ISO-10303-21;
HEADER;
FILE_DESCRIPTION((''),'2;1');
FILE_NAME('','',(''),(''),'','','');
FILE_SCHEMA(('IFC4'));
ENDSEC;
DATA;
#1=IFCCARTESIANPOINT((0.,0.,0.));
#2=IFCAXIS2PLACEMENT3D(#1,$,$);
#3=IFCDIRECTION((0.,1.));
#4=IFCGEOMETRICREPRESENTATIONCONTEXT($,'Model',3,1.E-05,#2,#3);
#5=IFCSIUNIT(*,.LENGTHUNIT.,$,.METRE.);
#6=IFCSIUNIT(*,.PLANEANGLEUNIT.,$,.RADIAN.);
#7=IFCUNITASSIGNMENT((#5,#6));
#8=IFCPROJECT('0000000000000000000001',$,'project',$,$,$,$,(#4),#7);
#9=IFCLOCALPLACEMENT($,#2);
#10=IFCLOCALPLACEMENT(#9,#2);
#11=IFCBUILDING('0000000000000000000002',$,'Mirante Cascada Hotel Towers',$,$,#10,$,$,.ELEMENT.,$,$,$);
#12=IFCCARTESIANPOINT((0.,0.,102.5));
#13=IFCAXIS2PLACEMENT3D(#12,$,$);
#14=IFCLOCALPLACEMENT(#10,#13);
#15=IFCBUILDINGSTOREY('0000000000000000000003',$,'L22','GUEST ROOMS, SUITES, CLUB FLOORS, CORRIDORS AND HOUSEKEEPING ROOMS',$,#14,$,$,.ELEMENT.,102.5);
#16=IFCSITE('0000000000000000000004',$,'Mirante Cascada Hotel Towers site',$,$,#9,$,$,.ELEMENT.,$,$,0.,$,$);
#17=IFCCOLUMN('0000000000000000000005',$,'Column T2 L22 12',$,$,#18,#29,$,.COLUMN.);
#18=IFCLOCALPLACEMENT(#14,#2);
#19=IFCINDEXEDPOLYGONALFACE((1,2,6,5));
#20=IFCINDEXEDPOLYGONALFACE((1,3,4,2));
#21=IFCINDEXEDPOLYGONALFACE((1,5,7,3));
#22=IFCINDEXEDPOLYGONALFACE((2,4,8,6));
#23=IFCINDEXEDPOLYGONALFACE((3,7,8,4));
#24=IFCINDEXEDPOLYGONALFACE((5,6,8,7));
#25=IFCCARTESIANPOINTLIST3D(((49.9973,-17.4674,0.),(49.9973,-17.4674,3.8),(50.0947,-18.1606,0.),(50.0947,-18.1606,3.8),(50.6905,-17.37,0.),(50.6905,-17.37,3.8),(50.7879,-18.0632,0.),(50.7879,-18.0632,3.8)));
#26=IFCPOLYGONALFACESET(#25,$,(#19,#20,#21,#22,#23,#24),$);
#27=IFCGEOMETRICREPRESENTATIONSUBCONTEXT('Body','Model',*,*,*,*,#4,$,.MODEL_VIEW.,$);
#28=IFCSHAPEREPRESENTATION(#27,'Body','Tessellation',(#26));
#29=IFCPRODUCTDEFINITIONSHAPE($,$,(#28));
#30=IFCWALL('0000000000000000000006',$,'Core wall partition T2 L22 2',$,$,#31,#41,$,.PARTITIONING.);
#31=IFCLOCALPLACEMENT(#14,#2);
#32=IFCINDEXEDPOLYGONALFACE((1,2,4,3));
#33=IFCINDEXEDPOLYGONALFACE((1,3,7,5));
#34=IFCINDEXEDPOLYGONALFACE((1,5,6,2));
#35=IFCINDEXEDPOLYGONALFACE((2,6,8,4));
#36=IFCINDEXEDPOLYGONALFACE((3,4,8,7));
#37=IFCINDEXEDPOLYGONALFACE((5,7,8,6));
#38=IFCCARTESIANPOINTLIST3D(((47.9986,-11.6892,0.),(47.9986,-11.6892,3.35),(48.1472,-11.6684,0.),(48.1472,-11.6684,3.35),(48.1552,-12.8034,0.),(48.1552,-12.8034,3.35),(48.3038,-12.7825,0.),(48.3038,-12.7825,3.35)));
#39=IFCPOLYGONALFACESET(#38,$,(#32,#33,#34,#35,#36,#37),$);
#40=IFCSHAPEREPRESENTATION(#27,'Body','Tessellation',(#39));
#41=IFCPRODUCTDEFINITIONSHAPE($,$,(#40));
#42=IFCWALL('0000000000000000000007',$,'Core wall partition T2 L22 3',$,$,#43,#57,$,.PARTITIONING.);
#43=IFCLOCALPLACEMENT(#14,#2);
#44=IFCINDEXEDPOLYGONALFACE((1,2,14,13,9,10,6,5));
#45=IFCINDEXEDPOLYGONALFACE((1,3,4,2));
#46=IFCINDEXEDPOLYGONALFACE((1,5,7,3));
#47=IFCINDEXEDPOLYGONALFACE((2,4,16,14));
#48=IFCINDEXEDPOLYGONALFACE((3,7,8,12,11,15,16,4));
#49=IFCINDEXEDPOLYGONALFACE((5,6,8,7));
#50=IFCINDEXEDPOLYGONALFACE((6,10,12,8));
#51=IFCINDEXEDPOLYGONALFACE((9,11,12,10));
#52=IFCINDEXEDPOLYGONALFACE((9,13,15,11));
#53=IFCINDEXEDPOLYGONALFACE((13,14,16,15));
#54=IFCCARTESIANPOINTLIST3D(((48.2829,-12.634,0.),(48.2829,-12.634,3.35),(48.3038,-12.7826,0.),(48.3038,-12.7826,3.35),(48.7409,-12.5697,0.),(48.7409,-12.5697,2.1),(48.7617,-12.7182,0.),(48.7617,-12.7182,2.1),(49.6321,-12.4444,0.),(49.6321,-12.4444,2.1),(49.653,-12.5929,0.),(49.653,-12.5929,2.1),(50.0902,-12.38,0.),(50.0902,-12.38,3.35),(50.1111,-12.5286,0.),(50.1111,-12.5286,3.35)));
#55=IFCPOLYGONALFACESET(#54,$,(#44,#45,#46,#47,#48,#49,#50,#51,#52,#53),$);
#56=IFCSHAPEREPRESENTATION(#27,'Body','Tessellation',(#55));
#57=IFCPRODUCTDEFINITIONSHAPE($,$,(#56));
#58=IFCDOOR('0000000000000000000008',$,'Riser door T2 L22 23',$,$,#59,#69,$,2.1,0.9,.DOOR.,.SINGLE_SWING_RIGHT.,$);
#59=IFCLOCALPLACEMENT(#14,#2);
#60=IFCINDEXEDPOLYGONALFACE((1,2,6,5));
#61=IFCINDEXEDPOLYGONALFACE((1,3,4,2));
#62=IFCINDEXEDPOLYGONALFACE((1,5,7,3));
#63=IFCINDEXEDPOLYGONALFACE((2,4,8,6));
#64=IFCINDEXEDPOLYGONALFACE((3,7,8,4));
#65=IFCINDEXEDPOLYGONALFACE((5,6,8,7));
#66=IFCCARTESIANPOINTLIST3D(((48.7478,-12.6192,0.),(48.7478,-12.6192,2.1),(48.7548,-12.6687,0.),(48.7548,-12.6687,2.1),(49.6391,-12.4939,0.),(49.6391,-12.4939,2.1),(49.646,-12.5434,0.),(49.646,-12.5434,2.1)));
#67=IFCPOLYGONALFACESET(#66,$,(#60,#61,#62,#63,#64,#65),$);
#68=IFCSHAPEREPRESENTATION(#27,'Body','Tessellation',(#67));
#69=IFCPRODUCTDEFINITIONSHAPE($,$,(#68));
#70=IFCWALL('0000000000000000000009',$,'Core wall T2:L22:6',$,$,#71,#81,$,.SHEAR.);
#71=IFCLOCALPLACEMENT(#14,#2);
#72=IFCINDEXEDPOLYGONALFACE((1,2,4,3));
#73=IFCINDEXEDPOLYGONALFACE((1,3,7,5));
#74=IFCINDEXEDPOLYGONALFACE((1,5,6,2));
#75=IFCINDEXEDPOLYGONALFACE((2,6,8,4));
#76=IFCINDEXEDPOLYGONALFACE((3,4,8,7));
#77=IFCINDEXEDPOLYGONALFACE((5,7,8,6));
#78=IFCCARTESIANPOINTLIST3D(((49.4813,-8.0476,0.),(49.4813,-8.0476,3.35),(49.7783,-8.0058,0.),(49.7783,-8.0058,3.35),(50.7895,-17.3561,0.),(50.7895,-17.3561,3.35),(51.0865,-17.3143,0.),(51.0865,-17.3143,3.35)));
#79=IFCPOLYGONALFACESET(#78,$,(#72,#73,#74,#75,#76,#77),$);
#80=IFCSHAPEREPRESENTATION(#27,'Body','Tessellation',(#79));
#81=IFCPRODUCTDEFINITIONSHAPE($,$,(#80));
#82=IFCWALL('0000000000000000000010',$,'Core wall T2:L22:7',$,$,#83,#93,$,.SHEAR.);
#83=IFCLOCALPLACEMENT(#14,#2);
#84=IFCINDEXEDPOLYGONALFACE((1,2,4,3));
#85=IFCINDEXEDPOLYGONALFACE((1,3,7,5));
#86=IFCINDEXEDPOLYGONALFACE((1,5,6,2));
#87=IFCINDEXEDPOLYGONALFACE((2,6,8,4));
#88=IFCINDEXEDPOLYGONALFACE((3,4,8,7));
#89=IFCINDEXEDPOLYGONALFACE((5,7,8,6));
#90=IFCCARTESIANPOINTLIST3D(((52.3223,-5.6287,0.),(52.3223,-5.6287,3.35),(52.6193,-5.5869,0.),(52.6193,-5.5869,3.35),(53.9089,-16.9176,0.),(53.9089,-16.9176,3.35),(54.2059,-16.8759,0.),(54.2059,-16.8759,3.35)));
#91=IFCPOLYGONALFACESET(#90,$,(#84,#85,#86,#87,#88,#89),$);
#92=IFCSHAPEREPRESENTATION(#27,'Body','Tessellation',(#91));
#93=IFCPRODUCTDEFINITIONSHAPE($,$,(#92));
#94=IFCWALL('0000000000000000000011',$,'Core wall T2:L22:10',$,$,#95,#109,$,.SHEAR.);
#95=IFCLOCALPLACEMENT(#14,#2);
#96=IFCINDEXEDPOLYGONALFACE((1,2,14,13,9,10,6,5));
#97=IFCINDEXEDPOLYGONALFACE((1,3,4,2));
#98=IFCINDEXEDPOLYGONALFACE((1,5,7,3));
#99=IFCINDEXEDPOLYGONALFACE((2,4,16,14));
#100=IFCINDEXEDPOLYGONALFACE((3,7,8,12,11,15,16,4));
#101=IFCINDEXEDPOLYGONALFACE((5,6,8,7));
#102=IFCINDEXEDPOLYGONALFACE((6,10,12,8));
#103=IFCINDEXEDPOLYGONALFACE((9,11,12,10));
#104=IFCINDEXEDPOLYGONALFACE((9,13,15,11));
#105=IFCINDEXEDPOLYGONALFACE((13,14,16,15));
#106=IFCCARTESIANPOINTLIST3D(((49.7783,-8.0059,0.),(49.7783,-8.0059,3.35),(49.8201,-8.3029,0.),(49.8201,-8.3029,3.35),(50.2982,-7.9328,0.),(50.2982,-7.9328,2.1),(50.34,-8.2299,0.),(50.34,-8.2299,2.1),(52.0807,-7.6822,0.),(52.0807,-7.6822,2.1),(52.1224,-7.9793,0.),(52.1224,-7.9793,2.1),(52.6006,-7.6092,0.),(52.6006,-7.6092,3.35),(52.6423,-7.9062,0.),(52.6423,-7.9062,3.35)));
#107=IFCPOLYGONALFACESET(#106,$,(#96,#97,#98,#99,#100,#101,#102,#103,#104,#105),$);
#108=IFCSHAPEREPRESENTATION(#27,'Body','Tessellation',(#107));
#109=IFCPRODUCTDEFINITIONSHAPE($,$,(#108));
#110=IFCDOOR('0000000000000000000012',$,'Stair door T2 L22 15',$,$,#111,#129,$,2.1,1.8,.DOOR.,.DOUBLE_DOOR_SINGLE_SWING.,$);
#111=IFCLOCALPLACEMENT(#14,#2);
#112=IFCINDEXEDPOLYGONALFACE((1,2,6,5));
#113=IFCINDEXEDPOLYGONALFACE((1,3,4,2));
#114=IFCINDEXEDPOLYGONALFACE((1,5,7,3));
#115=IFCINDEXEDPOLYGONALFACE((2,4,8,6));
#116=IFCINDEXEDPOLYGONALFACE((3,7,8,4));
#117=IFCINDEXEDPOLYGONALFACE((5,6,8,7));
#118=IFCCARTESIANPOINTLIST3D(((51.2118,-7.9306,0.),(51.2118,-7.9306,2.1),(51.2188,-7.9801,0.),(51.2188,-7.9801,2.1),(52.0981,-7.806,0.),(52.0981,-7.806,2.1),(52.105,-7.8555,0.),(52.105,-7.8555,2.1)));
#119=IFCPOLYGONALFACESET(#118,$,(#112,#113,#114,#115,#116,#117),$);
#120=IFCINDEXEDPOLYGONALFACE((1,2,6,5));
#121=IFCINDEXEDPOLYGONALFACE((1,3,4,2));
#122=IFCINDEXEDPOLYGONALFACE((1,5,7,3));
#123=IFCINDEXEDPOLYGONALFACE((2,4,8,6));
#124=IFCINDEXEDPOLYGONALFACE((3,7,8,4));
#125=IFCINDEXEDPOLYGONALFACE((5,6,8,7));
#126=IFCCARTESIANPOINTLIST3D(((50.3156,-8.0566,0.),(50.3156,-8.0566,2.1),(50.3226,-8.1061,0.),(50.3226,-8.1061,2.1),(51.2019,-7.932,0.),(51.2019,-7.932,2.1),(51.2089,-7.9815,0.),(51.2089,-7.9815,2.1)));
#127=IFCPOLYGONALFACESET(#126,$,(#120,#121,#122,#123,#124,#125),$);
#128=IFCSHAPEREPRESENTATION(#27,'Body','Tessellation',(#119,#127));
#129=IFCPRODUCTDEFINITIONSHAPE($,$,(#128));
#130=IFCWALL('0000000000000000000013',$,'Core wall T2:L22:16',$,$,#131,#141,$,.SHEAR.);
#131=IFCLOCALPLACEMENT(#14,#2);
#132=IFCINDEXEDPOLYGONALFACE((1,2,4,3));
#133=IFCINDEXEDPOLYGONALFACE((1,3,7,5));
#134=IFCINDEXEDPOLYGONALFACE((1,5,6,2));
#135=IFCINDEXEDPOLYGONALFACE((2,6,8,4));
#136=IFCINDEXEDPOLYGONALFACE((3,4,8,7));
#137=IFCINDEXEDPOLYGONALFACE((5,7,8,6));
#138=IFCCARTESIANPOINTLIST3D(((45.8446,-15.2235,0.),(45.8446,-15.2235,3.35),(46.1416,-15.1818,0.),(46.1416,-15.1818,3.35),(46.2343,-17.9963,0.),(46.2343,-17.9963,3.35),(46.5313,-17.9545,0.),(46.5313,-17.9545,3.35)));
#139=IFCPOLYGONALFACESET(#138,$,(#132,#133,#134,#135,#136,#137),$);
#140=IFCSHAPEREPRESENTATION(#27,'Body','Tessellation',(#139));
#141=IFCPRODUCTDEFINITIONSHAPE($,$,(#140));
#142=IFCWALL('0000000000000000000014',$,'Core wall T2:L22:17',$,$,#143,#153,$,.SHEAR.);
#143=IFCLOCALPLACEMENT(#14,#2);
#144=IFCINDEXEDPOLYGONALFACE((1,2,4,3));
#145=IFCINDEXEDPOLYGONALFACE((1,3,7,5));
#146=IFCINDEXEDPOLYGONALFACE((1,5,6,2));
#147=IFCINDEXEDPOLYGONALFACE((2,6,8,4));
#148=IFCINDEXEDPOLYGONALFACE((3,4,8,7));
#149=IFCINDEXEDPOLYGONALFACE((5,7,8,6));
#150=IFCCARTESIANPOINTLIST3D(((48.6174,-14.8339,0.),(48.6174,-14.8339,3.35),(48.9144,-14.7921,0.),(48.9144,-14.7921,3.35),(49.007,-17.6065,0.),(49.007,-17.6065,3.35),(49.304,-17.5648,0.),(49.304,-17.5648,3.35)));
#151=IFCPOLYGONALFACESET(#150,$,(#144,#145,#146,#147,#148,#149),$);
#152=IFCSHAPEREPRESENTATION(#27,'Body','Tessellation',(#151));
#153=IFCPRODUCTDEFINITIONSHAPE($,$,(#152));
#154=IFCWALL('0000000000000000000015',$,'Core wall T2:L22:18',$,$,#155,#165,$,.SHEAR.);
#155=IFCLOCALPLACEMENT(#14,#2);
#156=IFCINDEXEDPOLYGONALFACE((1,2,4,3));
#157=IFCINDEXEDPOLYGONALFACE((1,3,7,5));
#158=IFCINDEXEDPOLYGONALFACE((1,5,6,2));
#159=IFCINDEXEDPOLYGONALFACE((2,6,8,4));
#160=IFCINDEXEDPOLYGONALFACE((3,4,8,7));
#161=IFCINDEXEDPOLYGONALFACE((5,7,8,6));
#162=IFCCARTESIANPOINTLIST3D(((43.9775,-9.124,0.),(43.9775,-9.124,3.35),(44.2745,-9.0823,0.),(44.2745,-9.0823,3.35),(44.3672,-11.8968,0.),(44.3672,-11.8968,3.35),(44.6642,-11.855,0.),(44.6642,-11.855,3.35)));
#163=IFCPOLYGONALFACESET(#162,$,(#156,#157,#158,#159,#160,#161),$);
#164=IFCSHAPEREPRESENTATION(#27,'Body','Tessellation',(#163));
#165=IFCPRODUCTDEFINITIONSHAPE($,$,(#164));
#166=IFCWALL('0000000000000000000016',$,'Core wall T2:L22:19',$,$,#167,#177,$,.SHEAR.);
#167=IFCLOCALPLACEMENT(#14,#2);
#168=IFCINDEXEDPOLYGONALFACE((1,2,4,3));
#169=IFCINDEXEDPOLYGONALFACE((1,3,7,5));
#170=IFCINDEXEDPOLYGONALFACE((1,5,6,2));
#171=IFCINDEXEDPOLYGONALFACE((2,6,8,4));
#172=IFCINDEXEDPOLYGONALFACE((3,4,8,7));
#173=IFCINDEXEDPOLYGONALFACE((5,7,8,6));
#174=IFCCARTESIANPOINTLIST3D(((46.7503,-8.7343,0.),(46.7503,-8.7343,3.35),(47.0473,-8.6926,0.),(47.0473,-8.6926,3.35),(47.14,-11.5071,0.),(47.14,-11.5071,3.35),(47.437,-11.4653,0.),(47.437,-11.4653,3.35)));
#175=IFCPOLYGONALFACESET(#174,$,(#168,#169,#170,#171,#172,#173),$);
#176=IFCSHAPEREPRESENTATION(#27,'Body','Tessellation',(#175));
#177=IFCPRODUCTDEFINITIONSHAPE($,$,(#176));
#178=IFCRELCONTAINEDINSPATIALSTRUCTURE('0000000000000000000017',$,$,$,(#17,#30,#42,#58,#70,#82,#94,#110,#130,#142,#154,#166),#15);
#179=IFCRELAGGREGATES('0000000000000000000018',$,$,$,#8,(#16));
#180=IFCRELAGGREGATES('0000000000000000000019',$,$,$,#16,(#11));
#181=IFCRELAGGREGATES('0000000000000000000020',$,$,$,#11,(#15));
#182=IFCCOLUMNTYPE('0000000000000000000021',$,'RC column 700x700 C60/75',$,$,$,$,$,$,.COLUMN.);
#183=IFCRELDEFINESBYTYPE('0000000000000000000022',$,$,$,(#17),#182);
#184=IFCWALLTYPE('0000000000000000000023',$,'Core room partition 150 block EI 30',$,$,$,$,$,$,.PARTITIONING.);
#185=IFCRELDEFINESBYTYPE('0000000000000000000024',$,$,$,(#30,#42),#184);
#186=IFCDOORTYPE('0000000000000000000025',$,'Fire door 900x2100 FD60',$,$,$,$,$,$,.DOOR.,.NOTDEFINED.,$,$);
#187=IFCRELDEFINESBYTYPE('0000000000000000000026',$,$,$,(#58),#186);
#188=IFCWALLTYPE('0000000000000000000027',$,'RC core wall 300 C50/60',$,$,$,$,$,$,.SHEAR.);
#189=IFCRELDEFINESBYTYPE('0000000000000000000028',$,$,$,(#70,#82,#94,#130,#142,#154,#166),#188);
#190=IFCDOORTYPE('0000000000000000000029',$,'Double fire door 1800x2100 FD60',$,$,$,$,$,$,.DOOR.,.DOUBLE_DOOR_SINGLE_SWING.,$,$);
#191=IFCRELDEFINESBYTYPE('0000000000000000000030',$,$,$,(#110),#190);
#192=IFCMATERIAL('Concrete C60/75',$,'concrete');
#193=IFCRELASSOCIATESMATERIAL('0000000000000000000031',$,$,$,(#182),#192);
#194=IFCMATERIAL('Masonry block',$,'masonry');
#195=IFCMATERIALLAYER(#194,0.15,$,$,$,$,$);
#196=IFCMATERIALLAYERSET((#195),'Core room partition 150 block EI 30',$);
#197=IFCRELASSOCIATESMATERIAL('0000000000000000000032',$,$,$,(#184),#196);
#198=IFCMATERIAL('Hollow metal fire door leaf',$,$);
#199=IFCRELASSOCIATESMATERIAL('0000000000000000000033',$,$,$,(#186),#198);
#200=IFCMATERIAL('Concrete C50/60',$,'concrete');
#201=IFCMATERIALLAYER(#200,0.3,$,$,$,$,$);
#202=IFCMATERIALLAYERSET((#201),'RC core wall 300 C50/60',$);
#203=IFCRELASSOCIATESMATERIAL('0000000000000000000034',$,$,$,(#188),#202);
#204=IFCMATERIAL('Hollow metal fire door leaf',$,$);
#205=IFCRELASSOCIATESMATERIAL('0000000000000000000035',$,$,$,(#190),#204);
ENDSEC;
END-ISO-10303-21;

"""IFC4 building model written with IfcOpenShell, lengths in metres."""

from ifc_helpers import new_model, si_unit, direction, frame, frame_2d, origin, origin_2d, place, context, subcontext, project, spatial, rectangle, extrude, material, layer, layer_set, material_profile, profile_set, type_object, element, fill, save


model = new_model("IFC4")

# Units and contexts
model_context = context("Model", 3, precision=1e-05, world=origin(), true_north=direction((0.0, 1.0)))
body_context = subcontext(model_context, "Body", "Model", "MODEL_VIEW")
ifc_project = project(units=[si_unit("LENGTHUNIT", "METRE"), si_unit("PLANEANGLEUNIT", "RADIAN")], contexts=[model_context])

# Site, building, storey
site_placement = place(None, origin())
site = spatial("IfcSite", under=ifc_project, at=site_placement, Name="Mirante Cascada Hotel Towers site", CompositionType="ELEMENT", RefElevation=0.0)
building_placement = place(site_placement, origin())
building = spatial("IfcBuilding", under=site, at=building_placement, Name="Mirante Cascada Hotel Towers", CompositionType="ELEMENT")
storey_placement = place(building_placement, frame((0.0, 0.0, 102.5)))
storey = spatial("IfcBuildingStorey", under=building, at=storey_placement, Name="L22", Description="GUEST ROOMS, SUITES, CLUB FLOORS, CORRIDORS AND HOUSEKEEPING ROOMS", CompositionType="ELEMENT", Elevation=102.5)

# Column
ifc_material_1 = material(Name="Concrete C60/75", Category="concrete")
ifc_material_profile = material_profile(ifc_material_1, rectangle(XDim=0.7, YDim=0.7, at=origin_2d()), Name="RC column 700x700 C60/75")
ifc_profile_set = profile_set([ifc_material_profile], Name="Concrete C60/75")
column_type = type_object("IfcColumnType", Name="RC column 700x700 C60/75", PredefinedType="COLUMN", material=ifc_profile_set)
column_placement = place(storey_placement, frame((50.3926, -17.7653, 0.0), z_axis=(0.0, 0.0, 1.0), x_axis=(0.990268, 0.139173, 0.0)))
element("IfcColumn", 1, at=column_placement, inside=storey, type_object=column_type, Name="Column T2 L22 12", PredefinedType="COLUMN", context=body_context, shape_type="SweptSolid", body=[
    extrude(rectangle(XDim=0.7, YDim=0.7, at=origin_2d()), origin(), (0.0, 0.0, 1.0), 3.8),
])

# Wall
ifc_material_2 = material(Name="Masonry block", Category="masonry")
ifc_layer_1 = layer(ifc_material_2, 0.15)
ifc_layer_set_1 = layer_set([ifc_layer_1], Name="Core room partition 150 block EI 30")
wall_type_1 = type_object("IfcWallType", Name="Core room partition 150 block EI 30", PredefinedType="PARTITIONING", material=ifc_layer_set_1)
wall_1_placement = place(storey_placement, frame((48.2295, -12.793, 0.0), z_axis=(0.0, 0.0, 1.0), x_axis=(-0.139193, 0.990265, 0.0)))
element("IfcWall", 2, at=wall_1_placement, inside=storey, type_object=wall_type_1, Name="Core wall partition T2 L22 2", PredefinedType="PARTITIONING", context=body_context, shape_type="SweptSolid", body=[
    extrude(rectangle(XDim=1.1251, YDim=0.15, at=frame_2d((0.5626, 0.0))), origin(), (0.0, 0.0, 1.0), 3.35),
])

# Wall, opening, door
wall_2_placement = place(storey_placement, frame((48.2933, -12.7083, 0.0), z_axis=(0.0, 0.0, 1.0), x_axis=(0.990268, 0.139173, 0.0)))
wall_2 = element("IfcWall", 3, at=wall_2_placement, inside=storey, type_object=wall_type_1, Name="Core wall partition T2 L22 3", PredefinedType="PARTITIONING", context=body_context, shape_type="SweptSolid", body=[
    extrude(rectangle(XDim=1.8251, YDim=0.15, at=frame_2d((0.9126, 0.0))), origin(), (0.0, 0.0, 1.0), 3.35),
])
opening_1_placement = place(wall_2_placement, frame((0.4625, 0.0, 0.0)))
opening_1 = element("IfcOpeningElement", 4, at=opening_1_placement, cuts=wall_2, PredefinedType="OPENING", context=body_context, shape_type="SweptSolid", body=[
    extrude(rectangle(XDim=0.9, YDim=2.1, at=frame_2d((0.45, 1.05))), frame((0.0, 0.075, 0.0), z_axis=(0.0, -1.0, 0.0), x_axis=(1.0, 0.0, 0.0)), (0.0, 0.0, 1.0), 0.15),
])
ifc_material_3 = material(Name="Hollow metal fire door leaf")
door_type_1 = type_object("IfcDoorType", Name="Fire door 900x2100 FD60", OperationType="NOTDEFINED", PredefinedType="DOOR", material=ifc_material_3)
door_1_placement = place(opening_1_placement, frame((0.9, 0.0, 0.0), z_axis=(0.0, 0.0, 1.0), x_axis=(-1.0, 0.0, 0.0)))
door_1 = element("IfcDoor", 5, at=door_1_placement, inside=storey, type_object=door_type_1, Name="Riser door T2 L22 23", OperationType="SINGLE_SWING_RIGHT", OverallHeight=2.1, OverallWidth=0.9, PredefinedType="DOOR", context=body_context, shape_type="SweptSolid", body=[
    extrude(rectangle(XDim=0.9, YDim=2.1, at=frame_2d((0.45, 1.05))), frame((0.0, 0.025, 0.0), z_axis=(0.0, -1.0, 0.0), x_axis=(1.0, 0.0, 0.0)), (0.0, 0.0, 1.0), 0.05),
])
fill(opening_1, door_1)

# Walls
ifc_material_4 = material(Name="Concrete C50/60", Category="concrete")
ifc_layer_2 = layer(ifc_material_4, 0.3)
ifc_layer_set_2 = layer_set([ifc_layer_2], Name="RC core wall 300 C50/60")
wall_type_2 = type_object("IfcWallType", Name="RC core wall 300 C50/60", PredefinedType="SHEAR", material=ifc_layer_set_2)
wall_3_placement = place(storey_placement, frame((50.938, -17.3352, 0.0), z_axis=(0.0, 0.0, 1.0), x_axis=(-0.139171, 0.990268, 0.0)))
element("IfcWall", 6, at=wall_3_placement, inside=storey, type_object=wall_type_2, Name="Core wall T2:L22:6", PredefinedType="SHEAR", context=body_context, shape_type="SweptSolid", body=[
    extrude(rectangle(XDim=9.4, YDim=0.3, at=frame_2d((4.7, 0.0))), origin(), (0.0, 0.0, 1.0), 3.35),
])
wall_4_placement = place(storey_placement, frame((54.0574, -16.8968, 0.0), z_axis=(0.0, 0.0, 1.0), x_axis=(-0.139176, 0.990268, 0.0)))
element("IfcWall", 7, at=wall_4_placement, inside=storey, type_object=wall_type_2, Name="Core wall T2:L22:7", PredefinedType="SHEAR", context=body_context, shape_type="SweptSolid", body=[
    extrude(rectangle(XDim=11.3999, YDim=0.3, at=frame_2d((5.7, 0.0))), origin(), (0.0, 0.0, 1.0), 3.35),
])

# Wall, opening, door
wall_5_placement = place(storey_placement, frame((49.7992, -8.1544, 0.0), z_axis=(0.0, 0.0, 1.0), x_axis=(0.990266, 0.139191, 0.0)))
wall_5 = element("IfcWall", 8, at=wall_5_placement, inside=storey, type_object=wall_type_2, Name="Core wall T2:L22:10", PredefinedType="SHEAR", context=body_context, shape_type="SweptSolid", body=[
    extrude(rectangle(XDim=2.85, YDim=0.3, at=frame_2d((1.425, 0.0))), origin(), (0.0, 0.0, 1.0), 3.35),
])
opening_2_placement = place(wall_5_placement, frame((0.525, 0.0, 0.0)))
opening_2 = element("IfcOpeningElement", 9, at=opening_2_placement, cuts=wall_5, PredefinedType="OPENING", context=body_context, shape_type="SweptSolid", body=[
    extrude(rectangle(XDim=1.8, YDim=2.1, at=frame_2d((0.9, 1.05))), frame((0.0, 0.15, 0.0), z_axis=(0.0, -1.0, 0.0), x_axis=(1.0, 0.0, 0.0)), (0.0, 0.0, 1.0), 0.3),
])
ifc_material_5 = material(Name="Hollow metal fire door leaf")
door_type_2 = type_object("IfcDoorType", Name="Double fire door 1800x2100 FD60", OperationType="DOUBLE_DOOR_SINGLE_SWING", PredefinedType="DOOR", material=ifc_material_5)
door_2_placement = place(opening_2_placement, frame((1.8, 0.0, 0.0), z_axis=(0.0, 0.0, 1.0), x_axis=(-1.0, 0.0, 0.0)))
door_2 = element("IfcDoor", 10, at=door_2_placement, inside=storey, type_object=door_type_2, Name="Stair door T2 L22 15", OperationType="DOUBLE_DOOR_SINGLE_SWING", OverallHeight=2.1, OverallWidth=1.8, PredefinedType="DOOR", context=body_context, shape_type="SweptSolid", body=[
    extrude(rectangle(XDim=0.895, YDim=2.1, at=frame_2d((0.4475, 1.05))), frame((0.0, 0.025, 0.0), z_axis=(0.0, -1.0, 0.0), x_axis=(1.0, 0.0, 0.0)), (0.0, 0.0, 1.0), 0.05),
    extrude(rectangle(XDim=0.895, YDim=2.1, at=frame_2d((1.3525, 1.05))), frame((0.0, 0.025, 0.0), z_axis=(0.0, -1.0, 0.0), x_axis=(1.0, 0.0, 0.0)), (0.0, 0.0, 1.0), 0.05),
])
fill(opening_2, door_2)

# Walls
wall_6_placement = place(storey_placement, frame((46.3828, -17.9754, 0.0), z_axis=(0.0, 0.0, 1.0), x_axis=(-0.139181, 0.990267, 0.0)))
element("IfcWall", 11, at=wall_6_placement, inside=storey, type_object=wall_type_2, Name="Core wall T2:L22:16", PredefinedType="SHEAR", context=body_context, shape_type="SweptSolid", body=[
    extrude(rectangle(XDim=2.8, YDim=0.3, at=frame_2d((1.4, 0.0))), origin(), (0.0, 0.0, 1.0), 3.35),
])
wall_7_placement = place(storey_placement, frame((49.1555, -17.5857, 0.0), z_axis=(0.0, 0.0, 1.0), x_axis=(-0.139146, 0.990272, 0.0)))
element("IfcWall", 12, at=wall_7_placement, inside=storey, type_object=wall_type_2, Name="Core wall T2:L22:17", PredefinedType="SHEAR", context=body_context, shape_type="SweptSolid", body=[
    extrude(rectangle(XDim=2.7999, YDim=0.3, at=frame_2d((1.4, 0.0))), origin(), (0.0, 0.0, 1.0), 3.35),
])
for number, where, z_axis, x_axis, name in (
    (13, (44.5157, -11.8759, 0.0), (0.0, 0.0, 1.0), (-0.139181, 0.990267, 0.0), "Core wall T2:L22:18"),
    (14, (47.2885, -11.4862, 0.0), (0.0, 0.0, 1.0), (-0.139181, 0.990267, 0.0), "Core wall T2:L22:19"),
):
    element("IfcWall", number, at=place(storey_placement, frame(where, z_axis=z_axis, x_axis=x_axis)), inside=storey, type_object=wall_type_2, Name=name, PredefinedType="SHEAR", context=body_context, shape_type="SweptSolid", body=[
        extrude(rectangle(XDim=2.8, YDim=0.3, at=frame_2d((1.4, 0.0))), origin(), (0.0, 0.0, 1.0), 3.35),
    ])

save(model, "model.ifc")
